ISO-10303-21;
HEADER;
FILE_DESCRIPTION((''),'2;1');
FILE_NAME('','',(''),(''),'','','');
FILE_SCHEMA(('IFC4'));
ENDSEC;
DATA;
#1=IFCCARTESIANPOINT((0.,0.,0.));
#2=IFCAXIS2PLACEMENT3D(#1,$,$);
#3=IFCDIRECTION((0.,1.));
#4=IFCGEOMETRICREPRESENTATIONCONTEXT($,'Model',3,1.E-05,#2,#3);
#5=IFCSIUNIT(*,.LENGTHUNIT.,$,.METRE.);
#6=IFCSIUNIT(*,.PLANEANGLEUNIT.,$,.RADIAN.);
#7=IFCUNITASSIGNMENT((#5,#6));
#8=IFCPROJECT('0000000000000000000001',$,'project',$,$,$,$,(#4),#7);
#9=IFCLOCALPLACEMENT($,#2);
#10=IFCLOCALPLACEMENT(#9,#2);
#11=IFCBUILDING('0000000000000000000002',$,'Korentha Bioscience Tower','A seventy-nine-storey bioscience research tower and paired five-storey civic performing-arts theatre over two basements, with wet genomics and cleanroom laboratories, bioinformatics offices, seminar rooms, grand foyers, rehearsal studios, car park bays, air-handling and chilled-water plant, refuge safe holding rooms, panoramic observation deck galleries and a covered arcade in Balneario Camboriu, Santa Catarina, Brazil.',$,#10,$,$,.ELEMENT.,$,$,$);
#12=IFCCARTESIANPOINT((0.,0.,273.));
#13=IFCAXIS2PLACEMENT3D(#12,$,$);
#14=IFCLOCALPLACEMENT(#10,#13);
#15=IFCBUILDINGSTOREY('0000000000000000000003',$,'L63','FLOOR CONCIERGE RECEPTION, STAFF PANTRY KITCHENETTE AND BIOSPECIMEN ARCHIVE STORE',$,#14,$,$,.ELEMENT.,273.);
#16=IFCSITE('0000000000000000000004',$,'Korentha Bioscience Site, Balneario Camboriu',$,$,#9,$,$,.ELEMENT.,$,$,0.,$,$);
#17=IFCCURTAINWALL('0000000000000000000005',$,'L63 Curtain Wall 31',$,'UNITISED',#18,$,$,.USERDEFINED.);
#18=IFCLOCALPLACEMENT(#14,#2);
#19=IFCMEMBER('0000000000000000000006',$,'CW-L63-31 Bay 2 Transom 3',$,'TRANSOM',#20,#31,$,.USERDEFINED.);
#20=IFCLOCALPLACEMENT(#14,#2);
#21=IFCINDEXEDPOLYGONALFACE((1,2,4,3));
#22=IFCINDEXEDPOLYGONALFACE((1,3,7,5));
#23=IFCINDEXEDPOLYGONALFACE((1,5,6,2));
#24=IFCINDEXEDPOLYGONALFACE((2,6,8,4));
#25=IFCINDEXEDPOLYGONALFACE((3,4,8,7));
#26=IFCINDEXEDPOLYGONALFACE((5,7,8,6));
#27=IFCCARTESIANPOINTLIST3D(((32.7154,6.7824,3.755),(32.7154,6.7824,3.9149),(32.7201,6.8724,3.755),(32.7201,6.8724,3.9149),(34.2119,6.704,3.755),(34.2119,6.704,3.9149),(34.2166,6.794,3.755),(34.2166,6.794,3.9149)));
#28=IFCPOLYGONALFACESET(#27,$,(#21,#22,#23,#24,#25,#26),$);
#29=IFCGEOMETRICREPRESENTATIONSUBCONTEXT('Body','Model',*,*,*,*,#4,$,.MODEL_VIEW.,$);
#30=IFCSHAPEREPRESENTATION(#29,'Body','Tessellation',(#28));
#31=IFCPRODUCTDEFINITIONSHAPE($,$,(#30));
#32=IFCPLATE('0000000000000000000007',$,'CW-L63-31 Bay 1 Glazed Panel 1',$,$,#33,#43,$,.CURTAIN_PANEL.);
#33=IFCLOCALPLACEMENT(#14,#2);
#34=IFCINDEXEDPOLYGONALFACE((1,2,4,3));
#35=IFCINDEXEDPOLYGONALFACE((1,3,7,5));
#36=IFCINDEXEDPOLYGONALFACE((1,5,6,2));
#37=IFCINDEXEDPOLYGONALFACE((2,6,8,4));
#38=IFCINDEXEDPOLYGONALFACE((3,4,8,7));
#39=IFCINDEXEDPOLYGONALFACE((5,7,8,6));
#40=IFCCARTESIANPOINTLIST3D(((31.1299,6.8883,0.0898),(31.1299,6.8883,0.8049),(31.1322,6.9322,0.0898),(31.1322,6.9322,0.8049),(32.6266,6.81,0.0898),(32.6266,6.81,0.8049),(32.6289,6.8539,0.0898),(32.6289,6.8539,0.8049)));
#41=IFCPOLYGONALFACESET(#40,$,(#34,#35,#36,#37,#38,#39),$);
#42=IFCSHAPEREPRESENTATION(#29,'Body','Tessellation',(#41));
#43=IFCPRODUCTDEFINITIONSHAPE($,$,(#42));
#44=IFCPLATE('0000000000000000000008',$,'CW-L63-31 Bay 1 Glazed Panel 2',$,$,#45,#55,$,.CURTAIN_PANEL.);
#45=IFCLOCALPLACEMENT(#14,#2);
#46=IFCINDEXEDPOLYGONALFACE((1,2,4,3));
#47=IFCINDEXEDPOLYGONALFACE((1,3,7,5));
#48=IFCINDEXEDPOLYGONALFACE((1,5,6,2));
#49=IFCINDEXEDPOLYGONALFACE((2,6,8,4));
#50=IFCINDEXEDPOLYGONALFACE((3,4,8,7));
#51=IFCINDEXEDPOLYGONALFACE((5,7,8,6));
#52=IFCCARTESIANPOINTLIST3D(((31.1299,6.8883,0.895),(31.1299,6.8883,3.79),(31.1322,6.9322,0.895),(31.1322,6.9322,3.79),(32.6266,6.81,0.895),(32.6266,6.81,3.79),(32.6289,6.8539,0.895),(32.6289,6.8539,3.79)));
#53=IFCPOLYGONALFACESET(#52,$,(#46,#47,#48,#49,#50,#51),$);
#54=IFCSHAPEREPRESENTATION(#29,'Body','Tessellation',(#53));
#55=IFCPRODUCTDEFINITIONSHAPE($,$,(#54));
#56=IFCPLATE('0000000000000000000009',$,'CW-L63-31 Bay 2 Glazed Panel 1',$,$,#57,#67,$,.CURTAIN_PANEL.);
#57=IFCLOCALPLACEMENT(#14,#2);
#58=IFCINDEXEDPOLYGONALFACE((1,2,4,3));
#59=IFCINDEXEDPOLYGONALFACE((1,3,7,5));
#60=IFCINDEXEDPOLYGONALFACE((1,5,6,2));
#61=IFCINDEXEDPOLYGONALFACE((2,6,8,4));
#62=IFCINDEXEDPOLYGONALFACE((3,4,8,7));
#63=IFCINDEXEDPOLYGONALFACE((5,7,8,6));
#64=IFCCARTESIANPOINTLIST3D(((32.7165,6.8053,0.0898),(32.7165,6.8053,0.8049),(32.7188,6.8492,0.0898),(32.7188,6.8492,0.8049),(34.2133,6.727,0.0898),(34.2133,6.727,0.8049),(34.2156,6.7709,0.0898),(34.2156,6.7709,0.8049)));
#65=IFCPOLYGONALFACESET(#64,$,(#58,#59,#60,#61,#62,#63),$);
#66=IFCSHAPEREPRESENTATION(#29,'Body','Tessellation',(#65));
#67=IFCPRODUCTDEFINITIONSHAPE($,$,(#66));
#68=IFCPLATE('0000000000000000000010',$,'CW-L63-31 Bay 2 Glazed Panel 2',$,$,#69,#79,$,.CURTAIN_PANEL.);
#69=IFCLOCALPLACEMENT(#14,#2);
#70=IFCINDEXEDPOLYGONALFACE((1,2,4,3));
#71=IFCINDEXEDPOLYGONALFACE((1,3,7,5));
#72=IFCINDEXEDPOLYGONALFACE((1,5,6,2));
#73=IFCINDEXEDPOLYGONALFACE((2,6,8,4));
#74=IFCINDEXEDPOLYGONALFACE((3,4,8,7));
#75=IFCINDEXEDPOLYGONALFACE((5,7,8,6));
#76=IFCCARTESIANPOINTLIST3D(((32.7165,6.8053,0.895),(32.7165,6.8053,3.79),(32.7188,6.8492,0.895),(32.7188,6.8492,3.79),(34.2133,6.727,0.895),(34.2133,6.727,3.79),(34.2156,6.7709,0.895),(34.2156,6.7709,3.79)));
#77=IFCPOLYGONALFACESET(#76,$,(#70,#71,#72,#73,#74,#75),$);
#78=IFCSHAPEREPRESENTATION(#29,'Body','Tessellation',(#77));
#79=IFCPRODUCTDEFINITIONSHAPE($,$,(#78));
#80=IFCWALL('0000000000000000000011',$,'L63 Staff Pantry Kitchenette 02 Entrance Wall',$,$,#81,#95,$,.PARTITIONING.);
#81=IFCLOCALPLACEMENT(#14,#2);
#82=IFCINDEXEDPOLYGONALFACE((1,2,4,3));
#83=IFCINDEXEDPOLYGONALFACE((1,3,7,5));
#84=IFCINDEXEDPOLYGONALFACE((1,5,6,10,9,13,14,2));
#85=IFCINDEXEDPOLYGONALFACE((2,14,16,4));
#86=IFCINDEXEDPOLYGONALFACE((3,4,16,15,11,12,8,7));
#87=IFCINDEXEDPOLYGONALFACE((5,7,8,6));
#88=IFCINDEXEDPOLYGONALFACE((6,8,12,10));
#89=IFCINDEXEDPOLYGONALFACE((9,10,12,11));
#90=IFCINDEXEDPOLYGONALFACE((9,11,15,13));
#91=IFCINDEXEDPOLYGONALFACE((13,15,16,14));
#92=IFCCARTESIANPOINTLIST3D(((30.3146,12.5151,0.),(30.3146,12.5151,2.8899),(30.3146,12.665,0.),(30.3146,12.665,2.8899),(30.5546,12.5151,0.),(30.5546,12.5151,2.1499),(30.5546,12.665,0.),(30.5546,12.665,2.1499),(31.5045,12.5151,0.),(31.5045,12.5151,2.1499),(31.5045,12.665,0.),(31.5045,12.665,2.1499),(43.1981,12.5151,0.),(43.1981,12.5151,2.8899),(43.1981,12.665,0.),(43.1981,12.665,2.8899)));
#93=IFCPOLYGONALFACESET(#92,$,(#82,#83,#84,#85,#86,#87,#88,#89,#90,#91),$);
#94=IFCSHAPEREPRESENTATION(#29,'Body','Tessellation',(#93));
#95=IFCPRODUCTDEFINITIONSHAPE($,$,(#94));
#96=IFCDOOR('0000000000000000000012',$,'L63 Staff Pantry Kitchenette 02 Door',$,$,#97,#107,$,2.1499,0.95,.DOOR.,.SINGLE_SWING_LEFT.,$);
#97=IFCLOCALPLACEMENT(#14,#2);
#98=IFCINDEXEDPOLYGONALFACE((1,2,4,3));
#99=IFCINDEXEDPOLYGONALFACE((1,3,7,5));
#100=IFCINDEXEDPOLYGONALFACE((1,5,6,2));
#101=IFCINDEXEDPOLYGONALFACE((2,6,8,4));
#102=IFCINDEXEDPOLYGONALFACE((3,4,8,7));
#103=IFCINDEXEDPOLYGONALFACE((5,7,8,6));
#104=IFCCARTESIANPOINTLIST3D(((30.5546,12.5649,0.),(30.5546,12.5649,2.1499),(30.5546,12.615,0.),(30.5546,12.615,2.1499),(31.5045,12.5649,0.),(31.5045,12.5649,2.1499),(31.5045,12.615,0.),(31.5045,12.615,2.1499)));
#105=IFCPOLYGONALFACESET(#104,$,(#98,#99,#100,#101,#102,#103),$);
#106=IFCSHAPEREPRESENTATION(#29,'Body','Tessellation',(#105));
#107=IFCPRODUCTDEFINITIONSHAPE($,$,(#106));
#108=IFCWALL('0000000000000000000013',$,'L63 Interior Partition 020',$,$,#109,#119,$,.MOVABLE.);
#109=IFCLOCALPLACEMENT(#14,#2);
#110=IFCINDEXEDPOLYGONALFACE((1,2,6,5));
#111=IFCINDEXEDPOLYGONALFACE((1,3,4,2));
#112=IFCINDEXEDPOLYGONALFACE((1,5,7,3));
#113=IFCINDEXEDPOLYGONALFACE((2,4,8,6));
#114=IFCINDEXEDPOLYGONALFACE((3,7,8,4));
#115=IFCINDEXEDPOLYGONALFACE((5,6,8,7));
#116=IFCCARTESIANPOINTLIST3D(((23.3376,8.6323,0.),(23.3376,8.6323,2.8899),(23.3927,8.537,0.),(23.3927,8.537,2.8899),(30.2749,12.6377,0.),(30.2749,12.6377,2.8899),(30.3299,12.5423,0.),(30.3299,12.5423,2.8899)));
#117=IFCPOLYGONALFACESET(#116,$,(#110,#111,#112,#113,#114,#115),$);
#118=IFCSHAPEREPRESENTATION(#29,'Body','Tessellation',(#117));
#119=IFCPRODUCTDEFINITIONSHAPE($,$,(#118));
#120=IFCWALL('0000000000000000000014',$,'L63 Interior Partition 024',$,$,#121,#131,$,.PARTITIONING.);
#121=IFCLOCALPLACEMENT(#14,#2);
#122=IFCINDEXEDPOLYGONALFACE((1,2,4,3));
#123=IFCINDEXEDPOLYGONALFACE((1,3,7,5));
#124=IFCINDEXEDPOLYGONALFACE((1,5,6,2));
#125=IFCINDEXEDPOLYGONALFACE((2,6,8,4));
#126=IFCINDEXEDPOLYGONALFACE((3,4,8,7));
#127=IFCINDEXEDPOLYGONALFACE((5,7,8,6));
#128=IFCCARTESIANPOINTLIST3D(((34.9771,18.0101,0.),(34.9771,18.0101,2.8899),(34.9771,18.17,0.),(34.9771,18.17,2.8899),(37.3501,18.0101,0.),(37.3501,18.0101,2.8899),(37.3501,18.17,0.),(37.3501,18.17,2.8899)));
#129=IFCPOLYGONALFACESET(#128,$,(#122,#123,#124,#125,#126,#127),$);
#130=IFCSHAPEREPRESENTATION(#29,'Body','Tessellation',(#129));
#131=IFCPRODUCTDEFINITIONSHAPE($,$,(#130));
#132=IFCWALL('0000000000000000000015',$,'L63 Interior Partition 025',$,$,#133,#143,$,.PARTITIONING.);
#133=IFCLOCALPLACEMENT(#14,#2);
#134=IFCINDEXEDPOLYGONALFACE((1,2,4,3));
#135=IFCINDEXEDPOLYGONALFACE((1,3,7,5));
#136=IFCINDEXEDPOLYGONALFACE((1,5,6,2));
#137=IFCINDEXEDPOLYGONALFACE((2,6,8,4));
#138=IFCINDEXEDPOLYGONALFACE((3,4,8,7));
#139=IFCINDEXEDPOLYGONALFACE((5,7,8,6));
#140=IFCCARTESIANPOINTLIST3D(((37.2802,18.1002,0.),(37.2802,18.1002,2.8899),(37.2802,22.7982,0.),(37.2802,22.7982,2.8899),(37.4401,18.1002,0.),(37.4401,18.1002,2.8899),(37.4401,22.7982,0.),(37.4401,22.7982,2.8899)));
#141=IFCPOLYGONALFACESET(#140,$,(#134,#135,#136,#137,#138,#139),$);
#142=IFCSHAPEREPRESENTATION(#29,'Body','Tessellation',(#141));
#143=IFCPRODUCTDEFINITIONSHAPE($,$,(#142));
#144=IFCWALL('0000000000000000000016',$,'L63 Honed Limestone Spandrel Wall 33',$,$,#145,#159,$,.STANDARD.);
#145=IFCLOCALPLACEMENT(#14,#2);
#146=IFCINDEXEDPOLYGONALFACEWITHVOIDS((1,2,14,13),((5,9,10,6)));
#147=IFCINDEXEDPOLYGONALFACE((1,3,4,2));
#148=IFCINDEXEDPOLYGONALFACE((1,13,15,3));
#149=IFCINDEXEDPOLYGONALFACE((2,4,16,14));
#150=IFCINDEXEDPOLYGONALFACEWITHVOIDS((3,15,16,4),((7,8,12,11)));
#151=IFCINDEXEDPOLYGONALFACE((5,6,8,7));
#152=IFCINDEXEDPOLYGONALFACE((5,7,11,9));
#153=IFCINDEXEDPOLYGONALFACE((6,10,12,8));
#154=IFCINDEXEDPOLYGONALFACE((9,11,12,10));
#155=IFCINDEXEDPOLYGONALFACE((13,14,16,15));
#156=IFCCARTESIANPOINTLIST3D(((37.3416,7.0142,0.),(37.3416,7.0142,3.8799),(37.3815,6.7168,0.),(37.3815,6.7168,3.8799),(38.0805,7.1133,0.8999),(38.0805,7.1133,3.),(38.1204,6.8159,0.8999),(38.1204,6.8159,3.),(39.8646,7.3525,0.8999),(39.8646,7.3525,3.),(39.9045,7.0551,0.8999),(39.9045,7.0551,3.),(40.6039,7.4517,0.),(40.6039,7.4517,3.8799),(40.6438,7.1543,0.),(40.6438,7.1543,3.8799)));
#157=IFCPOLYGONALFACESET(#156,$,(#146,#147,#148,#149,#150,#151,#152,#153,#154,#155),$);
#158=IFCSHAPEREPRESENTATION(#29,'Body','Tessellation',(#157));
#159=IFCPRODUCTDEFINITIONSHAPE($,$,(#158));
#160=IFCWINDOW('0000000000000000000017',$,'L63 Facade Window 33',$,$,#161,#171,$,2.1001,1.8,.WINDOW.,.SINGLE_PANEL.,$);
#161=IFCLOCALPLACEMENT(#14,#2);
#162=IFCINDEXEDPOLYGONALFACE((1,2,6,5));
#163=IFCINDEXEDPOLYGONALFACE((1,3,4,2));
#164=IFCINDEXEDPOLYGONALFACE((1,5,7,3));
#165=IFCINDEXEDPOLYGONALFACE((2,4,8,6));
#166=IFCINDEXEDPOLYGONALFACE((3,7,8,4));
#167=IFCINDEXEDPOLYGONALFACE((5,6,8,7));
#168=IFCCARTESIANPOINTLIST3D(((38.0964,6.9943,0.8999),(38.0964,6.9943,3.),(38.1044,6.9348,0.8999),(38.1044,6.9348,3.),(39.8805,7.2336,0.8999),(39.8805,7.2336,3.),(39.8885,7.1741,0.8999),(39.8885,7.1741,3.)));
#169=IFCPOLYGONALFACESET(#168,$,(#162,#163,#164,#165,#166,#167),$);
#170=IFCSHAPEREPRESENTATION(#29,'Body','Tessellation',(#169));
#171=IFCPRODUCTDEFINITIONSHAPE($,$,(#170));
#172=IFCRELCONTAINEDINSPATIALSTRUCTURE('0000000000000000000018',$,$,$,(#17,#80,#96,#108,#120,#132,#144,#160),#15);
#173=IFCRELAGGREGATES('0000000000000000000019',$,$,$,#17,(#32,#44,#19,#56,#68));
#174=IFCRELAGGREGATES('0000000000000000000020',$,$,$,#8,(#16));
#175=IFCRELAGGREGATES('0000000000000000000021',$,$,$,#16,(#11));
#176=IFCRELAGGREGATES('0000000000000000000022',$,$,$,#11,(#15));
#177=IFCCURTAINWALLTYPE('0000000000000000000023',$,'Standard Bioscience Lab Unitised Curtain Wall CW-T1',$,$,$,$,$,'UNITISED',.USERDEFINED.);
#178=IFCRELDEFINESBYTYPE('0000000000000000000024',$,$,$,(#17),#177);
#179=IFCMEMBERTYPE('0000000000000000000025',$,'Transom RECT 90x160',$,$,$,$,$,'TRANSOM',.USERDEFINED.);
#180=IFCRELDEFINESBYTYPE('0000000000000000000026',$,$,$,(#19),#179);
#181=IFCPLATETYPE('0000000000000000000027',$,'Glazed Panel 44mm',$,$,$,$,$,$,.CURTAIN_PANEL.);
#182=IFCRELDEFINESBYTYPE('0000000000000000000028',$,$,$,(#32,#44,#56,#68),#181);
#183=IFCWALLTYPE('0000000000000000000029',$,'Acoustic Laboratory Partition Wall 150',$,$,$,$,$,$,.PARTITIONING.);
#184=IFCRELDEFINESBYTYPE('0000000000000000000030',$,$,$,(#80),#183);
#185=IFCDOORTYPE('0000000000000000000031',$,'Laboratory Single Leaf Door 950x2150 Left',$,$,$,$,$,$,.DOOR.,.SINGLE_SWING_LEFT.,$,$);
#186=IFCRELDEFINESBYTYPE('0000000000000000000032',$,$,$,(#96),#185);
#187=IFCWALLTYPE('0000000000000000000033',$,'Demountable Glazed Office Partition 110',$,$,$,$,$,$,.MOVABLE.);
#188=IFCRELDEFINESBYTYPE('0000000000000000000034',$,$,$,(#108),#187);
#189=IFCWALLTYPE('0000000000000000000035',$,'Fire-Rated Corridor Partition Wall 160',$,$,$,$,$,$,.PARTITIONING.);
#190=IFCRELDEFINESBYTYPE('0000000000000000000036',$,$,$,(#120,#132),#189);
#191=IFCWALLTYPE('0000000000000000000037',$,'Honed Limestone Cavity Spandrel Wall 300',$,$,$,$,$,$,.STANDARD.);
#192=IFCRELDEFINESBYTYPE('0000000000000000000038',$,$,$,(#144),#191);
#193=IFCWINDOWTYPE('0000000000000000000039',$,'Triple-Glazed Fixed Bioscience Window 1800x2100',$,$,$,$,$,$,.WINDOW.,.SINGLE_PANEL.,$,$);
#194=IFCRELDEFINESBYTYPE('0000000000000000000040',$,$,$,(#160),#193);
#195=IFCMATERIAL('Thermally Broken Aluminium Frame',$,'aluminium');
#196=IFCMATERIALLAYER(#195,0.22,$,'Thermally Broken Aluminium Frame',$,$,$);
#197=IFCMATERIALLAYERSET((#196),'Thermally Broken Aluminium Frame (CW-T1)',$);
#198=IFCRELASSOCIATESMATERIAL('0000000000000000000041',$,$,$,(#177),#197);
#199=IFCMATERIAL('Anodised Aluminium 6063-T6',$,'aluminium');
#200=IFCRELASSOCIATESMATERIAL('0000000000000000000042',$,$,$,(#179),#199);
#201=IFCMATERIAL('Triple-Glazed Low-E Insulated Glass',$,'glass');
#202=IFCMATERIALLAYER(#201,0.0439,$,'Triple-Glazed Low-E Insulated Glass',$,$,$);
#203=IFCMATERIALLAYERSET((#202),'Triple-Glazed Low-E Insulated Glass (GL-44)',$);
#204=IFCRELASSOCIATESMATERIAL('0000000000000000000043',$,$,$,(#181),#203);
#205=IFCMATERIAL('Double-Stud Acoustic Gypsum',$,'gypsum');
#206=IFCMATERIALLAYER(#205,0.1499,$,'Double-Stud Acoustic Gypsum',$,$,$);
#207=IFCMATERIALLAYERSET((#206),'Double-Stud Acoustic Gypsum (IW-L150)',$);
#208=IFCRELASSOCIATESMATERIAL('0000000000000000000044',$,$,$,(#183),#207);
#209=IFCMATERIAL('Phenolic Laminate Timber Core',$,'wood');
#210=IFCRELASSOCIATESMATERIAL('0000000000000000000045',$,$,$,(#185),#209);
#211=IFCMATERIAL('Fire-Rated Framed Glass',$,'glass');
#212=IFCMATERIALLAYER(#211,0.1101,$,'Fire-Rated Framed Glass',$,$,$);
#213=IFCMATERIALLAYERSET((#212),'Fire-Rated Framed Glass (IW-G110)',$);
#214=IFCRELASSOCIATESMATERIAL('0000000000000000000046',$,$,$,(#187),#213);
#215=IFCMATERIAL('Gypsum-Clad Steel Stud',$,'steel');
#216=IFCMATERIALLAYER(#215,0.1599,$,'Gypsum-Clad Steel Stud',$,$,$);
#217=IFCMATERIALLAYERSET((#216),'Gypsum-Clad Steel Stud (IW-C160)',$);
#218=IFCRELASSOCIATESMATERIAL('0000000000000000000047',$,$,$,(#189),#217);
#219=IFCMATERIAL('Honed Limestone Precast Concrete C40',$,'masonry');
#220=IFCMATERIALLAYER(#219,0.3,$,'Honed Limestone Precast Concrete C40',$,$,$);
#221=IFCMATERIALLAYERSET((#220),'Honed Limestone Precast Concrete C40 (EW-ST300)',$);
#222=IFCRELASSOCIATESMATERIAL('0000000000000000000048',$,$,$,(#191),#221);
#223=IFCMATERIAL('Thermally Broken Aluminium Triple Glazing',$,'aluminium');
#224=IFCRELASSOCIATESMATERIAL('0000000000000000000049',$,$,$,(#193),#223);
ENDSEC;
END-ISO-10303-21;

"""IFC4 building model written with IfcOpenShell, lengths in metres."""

from ifc_helpers import new_model, si_unit, direction, frame, frame_2d, origin, origin_2d, place, context, subcontext, project, spatial, rectangle, extrude, material, layer, layer_set, material_profile, profile_set, type_object, element, fill, aggregate, save


model = new_model("IFC4")

# Units and contexts
model_context = context("Model", 3, precision=1e-05, world=origin(), true_north=direction((0.0, 1.0)))
body_context = subcontext(model_context, "Body", "Model", "MODEL_VIEW")
ifc_project = project(units=[si_unit("LENGTHUNIT", "METRE"), si_unit("PLANEANGLEUNIT", "RADIAN")], contexts=[model_context])

# Site, building, storey
site_placement = place(None, origin())
site = spatial("IfcSite", under=ifc_project, at=site_placement, Name="Korentha Bioscience Site, Balneario Camboriu", CompositionType="ELEMENT", RefElevation=0.0)
building_placement = place(site_placement, origin())
building = spatial("IfcBuilding", under=site, at=building_placement, Name="Korentha Bioscience Tower", Description="A seventy-nine-storey bioscience research tower and paired five-storey civic performing-arts theatre over two basements, with wet genomics and cleanroom laboratories, bioinformatics offices, seminar rooms, grand foyers, rehearsal studios, car park bays, air-handling and chilled-water plant, refuge safe holding rooms, panoramic observation deck galleries and a covered arcade in Balneario Camboriu, Santa Catarina, Brazil.", CompositionType="ELEMENT")
storey_placement = place(building_placement, frame((0.0, 0.0, 273.0)))
storey = spatial("IfcBuildingStorey", under=building, at=storey_placement, Name="L63", Description="FLOOR CONCIERGE RECEPTION, STAFF PANTRY KITCHENETTE AND BIOSPECIMEN ARCHIVE STORE", CompositionType="ELEMENT", Elevation=273.0)

# Curtain wall
ifc_material_1 = material(Name="Thermally Broken Aluminium Frame", Category="aluminium")
ifc_layer_1 = layer(ifc_material_1, 0.22, Name="Thermally Broken Aluminium Frame")
ifc_layer_set_1 = layer_set([ifc_layer_1], Name="Thermally Broken Aluminium Frame (CW-T1)")
curtain_wall_type = type_object("IfcCurtainWallType", Name="Standard Bioscience Lab Unitised Curtain Wall CW-T1", ElementType="UNITISED", PredefinedType="USERDEFINED", material=ifc_layer_set_1)
curtain_wall_placement = place(storey_placement, origin())
curtain_wall = element("IfcCurtainWall", 1, at=curtain_wall_placement, inside=storey, type_object=curtain_wall_type, Name="L63 Curtain Wall 31", ObjectType="UNITISED", PredefinedType="USERDEFINED")
ifc_material_2 = material(Name="Anodised Aluminium 6063-T6", Category="aluminium")

# Member
ifc_material_profile_1 = material_profile(ifc_material_2, rectangle(XDim=0.0901, YDim=0.1599, at=origin_2d()), Name="Anodised Aluminium 6063-T6")
ifc_profile_set_1 = profile_set([ifc_material_profile_1], Name="Anodised Aluminium 6063-T6 (CW-TRN)")
member_type_1 = type_object("IfcMemberType", Name="Transom RECT 90x160", ElementType="TRANSOM", PredefinedType="USERDEFINED", material=ifc_profile_set_1)
member_1_placement = place(storey_placement, frame((32.7178, 6.8274, 3.835), z_axis=(0.998632, -0.052294, 0.0), x_axis=(0.052294, 0.998632, 0.0)))
member_1 = element("IfcMember", 2, at=member_1_placement, type_object=member_type_1, Name="CW-L63-31 Bay 2 Transom 3", ObjectType="TRANSOM", PredefinedType="USERDEFINED", context=body_context, shape_type="SweptSolid", body=[
    extrude(rectangle(XDim=0.0901, YDim=0.1599, at=origin_2d()), origin(), (0.0, 0.0, 1.0), 1.4985),
])

# Plates
ifc_material_3 = material(Name="Triple-Glazed Low-E Insulated Glass", Category="glass")
ifc_layer_2 = layer(ifc_material_3, 0.0439, Name="Triple-Glazed Low-E Insulated Glass")
ifc_layer_set_2 = layer_set([ifc_layer_2], Name="Triple-Glazed Low-E Insulated Glass (GL-44)")
plate_type = type_object("IfcPlateType", Name="Glazed Panel 44mm", PredefinedType="CURTAIN_PANEL", material=ifc_layer_set_2)
plate_1_placement = place(storey_placement, frame((31.8794, 6.8711, 0.0898), z_axis=(0.0, 0.0, 1.0), x_axis=(0.998636, -0.05221, 0.0)))
plate_1 = element("IfcPlate", 3, at=plate_1_placement, type_object=plate_type, Name="CW-L63-31 Bay 1 Glazed Panel 1", PredefinedType="CURTAIN_PANEL", context=body_context, shape_type="SweptSolid", body=[
    extrude(rectangle(XDim=1.4988, YDim=0.0439, at=origin_2d()), origin(), (0.0, 0.0, 1.0), 0.7151),
])
plate_2_placement = place(storey_placement, frame((31.8794, 6.8711, 0.895), z_axis=(0.0, 0.0, 1.0), x_axis=(0.998636, -0.05221, 0.0)))
plate_2 = element("IfcPlate", 4, at=plate_2_placement, type_object=plate_type, Name="CW-L63-31 Bay 1 Glazed Panel 2", PredefinedType="CURTAIN_PANEL", context=body_context, shape_type="SweptSolid", body=[
    extrude(rectangle(XDim=1.4988, YDim=0.0439, at=origin_2d()), origin(), (0.0, 0.0, 1.0), 2.895),
])
plate_3_placement = place(storey_placement, frame((33.4661, 6.7881, 0.0898), z_axis=(0.0, 0.0, 1.0), x_axis=(0.998636, -0.05221, 0.0)))
plate_3 = element("IfcPlate", 5, at=plate_3_placement, type_object=plate_type, Name="CW-L63-31 Bay 2 Glazed Panel 1", PredefinedType="CURTAIN_PANEL", context=body_context, shape_type="SweptSolid", body=[
    extrude(rectangle(XDim=1.4988, YDim=0.0439, at=origin_2d()), origin(), (0.0, 0.0, 1.0), 0.7151),
])
plate_4_placement = place(storey_placement, frame((33.4661, 6.7881, 0.895), z_axis=(0.0, 0.0, 1.0), x_axis=(0.998636, -0.05221, 0.0)))
plate_4 = element("IfcPlate", 6, at=plate_4_placement, type_object=plate_type, Name="CW-L63-31 Bay 2 Glazed Panel 2", PredefinedType="CURTAIN_PANEL", context=body_context, shape_type="SweptSolid", body=[
    extrude(rectangle(XDim=1.4988, YDim=0.0439, at=origin_2d()), origin(), (0.0, 0.0, 1.0), 2.895),
])
aggregate(curtain_wall, [plate_1, plate_2, member_1, plate_3, plate_4])

# Wall, opening, door
ifc_material_4 = material(Name="Double-Stud Acoustic Gypsum", Category="gypsum")
ifc_layer_3 = layer(ifc_material_4, 0.1499, Name="Double-Stud Acoustic Gypsum")
ifc_layer_set_3 = layer_set([ifc_layer_3], Name="Double-Stud Acoustic Gypsum (IW-L150)")
wall_type_1 = type_object("IfcWallType", Name="Acoustic Laboratory Partition Wall 150", PredefinedType="PARTITIONING", material=ifc_layer_set_3)
wall_1_placement = place(storey_placement, frame((30.3145, 12.5901, 0.0), z_axis=(0.0, 0.0, 1.0), x_axis=(1.0, 0.0, 0.0)))
wall_1 = element("IfcWall", 7, at=wall_1_placement, inside=storey, type_object=wall_type_1, Name="L63 Staff Pantry Kitchenette 02 Entrance Wall", PredefinedType="PARTITIONING", context=body_context, shape_type="SweptSolid", body=[
    extrude(rectangle(XDim=12.8835, YDim=0.1499, at=frame_2d((6.4419, 0.0))), origin(), (0.0, 0.0, 1.0), 2.8899),
])
opening_1_placement = place(wall_1_placement, frame((0.24, 0.0, 0.0)))
opening_1 = element("IfcOpeningElement", 8, at=opening_1_placement, cuts=wall_1, PredefinedType="OPENING", context=body_context, shape_type="SweptSolid", body=[
    extrude(rectangle(XDim=0.95, YDim=2.1499, at=frame_2d((0.4751, 1.075))), frame((0.0, 0.0898, 0.0), z_axis=(0.0, -1.0, 0.0), x_axis=(1.0, 0.0, 0.0)), (0.0, 0.0, 1.0), 0.1797),
])
ifc_material_5 = material(Name="Phenolic Laminate Timber Core", Category="wood")
door_type = type_object("IfcDoorType", Name="Laboratory Single Leaf Door 950x2150 Left", OperationType="SINGLE_SWING_LEFT", PredefinedType="DOOR", material=ifc_material_5)
door_placement = place(opening_1_placement, origin())
door = element("IfcDoor", 9, at=door_placement, inside=storey, type_object=door_type, Name="L63 Staff Pantry Kitchenette 02 Door", OperationType="SINGLE_SWING_LEFT", OverallHeight=2.1499, OverallWidth=0.95, PredefinedType="DOOR", context=body_context, shape_type="SweptSolid", body=[
    extrude(rectangle(XDim=0.95, YDim=2.1499, at=frame_2d((0.4751, 1.075))), frame((0.0, 0.0249, 0.0), z_axis=(0.0, -1.0, 0.0), x_axis=(1.0, 0.0, 0.0)), (0.0, 0.0, 1.0), 0.05),
])
fill(opening_1, door)

# Walls
ifc_material_6 = material(Name="Fire-Rated Framed Glass", Category="glass")
ifc_layer_4 = layer(ifc_material_6, 0.1101, Name="Fire-Rated Framed Glass")
ifc_layer_set_4 = layer_set([ifc_layer_4], Name="Fire-Rated Framed Glass (IW-G110)")
wall_type_2 = type_object("IfcWallType", Name="Demountable Glazed Office Partition 110", PredefinedType="MOVABLE", material=ifc_layer_set_4)
wall_2_placement = place(storey_placement, frame((30.3025, 12.5901, 0.0), z_axis=(0.0, 0.0, 1.0), x_axis=(-0.866018, -0.500014, 0.0)))
element("IfcWall", 10, at=wall_2_placement, inside=storey, type_object=wall_type_2, Name="L63 Interior Partition 020", PredefinedType="MOVABLE", context=body_context, shape_type="SweptSolid", body=[
    extrude(rectangle(XDim=8.0105, YDim=0.1101, at=frame_2d((4.0054, 0.0))), origin(), (0.0, 0.0, 1.0), 2.8899),
])
ifc_material_7 = material(Name="Gypsum-Clad Steel Stud", Category="steel")
ifc_layer_5 = layer(ifc_material_7, 0.1599, Name="Gypsum-Clad Steel Stud")
ifc_layer_set_5 = layer_set([ifc_layer_5], Name="Gypsum-Clad Steel Stud (IW-C160)")
wall_type_3 = type_object("IfcWallType", Name="Fire-Rated Corridor Partition Wall 160", PredefinedType="PARTITIONING", material=ifc_layer_set_5)
wall_3_placement = place(storey_placement, frame((34.9771, 18.0901, 0.0), z_axis=(0.0, 0.0, 1.0), x_axis=(1.0, 0.0, 0.0)))
element("IfcWall", 11, at=wall_3_placement, inside=storey, type_object=wall_type_3, Name="L63 Interior Partition 024", PredefinedType="PARTITIONING", context=body_context, shape_type="SweptSolid", body=[
    extrude(rectangle(XDim=2.373, YDim=0.1599, at=frame_2d((1.1865, 0.0))), origin(), (0.0, 0.0, 1.0), 2.8899),
])
wall_4_placement = place(storey_placement, frame((37.3601, 18.1001, 0.0), z_axis=(0.0, 0.0, 1.0), x_axis=(0.0, 1.0, 0.0)))
element("IfcWall", 12, at=wall_4_placement, inside=storey, type_object=wall_type_3, Name="L63 Interior Partition 025", PredefinedType="PARTITIONING", context=body_context, shape_type="SweptSolid", body=[
    extrude(rectangle(XDim=4.698, YDim=0.1599, at=frame_2d((2.3491, 0.0))), origin(), (0.0, 0.0, 1.0), 2.8899),
])

# Wall, opening, window
ifc_material_8 = material(Name="Honed Limestone Precast Concrete C40", Category="masonry")
ifc_layer_6 = layer(ifc_material_8, 0.3, Name="Honed Limestone Precast Concrete C40")
ifc_layer_set_6 = layer_set([ifc_layer_6], Name="Honed Limestone Precast Concrete C40 (EW-ST300)")
wall_type_4 = type_object("IfcWallType", Name="Honed Limestone Cavity Spandrel Wall 300", PredefinedType="STANDARD", material=ifc_layer_set_6)
wall_5_placement = place(storey_placement, frame((37.3616, 6.8655, 0.0), z_axis=(0.0, 0.0, 1.0), x_axis=(0.991127, 0.132922, 0.0)))
wall_5 = element("IfcWall", 13, at=wall_5_placement, inside=storey, type_object=wall_type_4, Name="L63 Honed Limestone Spandrel Wall 33", PredefinedType="STANDARD", context=body_context, shape_type="SweptSolid", body=[
    extrude(rectangle(XDim=3.2915, YDim=0.3, at=frame_2d((1.6458, 0.0))), origin(), (0.0, 0.0, 1.0), 3.8799),
])
opening_2_placement = place(wall_5_placement, frame((0.7456, 0.0, 0.8999)))
opening_2 = element("IfcOpeningElement", 14, at=opening_2_placement, cuts=wall_5, PredefinedType="OPENING", context=body_context, shape_type="SweptSolid", body=[
    extrude(rectangle(XDim=1.8, YDim=2.1001, at=frame_2d((0.8999, 1.05))), frame((0.0, 0.165, 0.0), z_axis=(0.0, -1.0, 0.0), x_axis=(1.0, 0.0, 0.0)), (0.0, 0.0, 1.0), 0.3298),
])
ifc_material_9 = material(Name="Thermally Broken Aluminium Triple Glazing", Category="aluminium")
window_type = type_object("IfcWindowType", Name="Triple-Glazed Fixed Bioscience Window 1800x2100", PartitioningType="SINGLE_PANEL", PredefinedType="WINDOW", material=ifc_material_9)
window_placement = place(opening_2_placement, origin())
window = element("IfcWindow", 15, at=window_placement, inside=storey, type_object=window_type, Name="L63 Facade Window 33", OverallHeight=2.1001, OverallWidth=1.8, PartitioningType="SINGLE_PANEL", PredefinedType="WINDOW", context=body_context, shape_type="SweptSolid", body=[
    extrude(rectangle(XDim=1.8, YDim=2.1001, at=frame_2d((0.8999, 1.05))), frame((0.0, 0.03, 0.0), z_axis=(0.0, -1.0, 0.0), x_axis=(1.0, 0.0, 0.0)), (0.0, 0.0, 1.0), 0.0601),
])
fill(opening_2, window)

save(model, "model.ifc")
